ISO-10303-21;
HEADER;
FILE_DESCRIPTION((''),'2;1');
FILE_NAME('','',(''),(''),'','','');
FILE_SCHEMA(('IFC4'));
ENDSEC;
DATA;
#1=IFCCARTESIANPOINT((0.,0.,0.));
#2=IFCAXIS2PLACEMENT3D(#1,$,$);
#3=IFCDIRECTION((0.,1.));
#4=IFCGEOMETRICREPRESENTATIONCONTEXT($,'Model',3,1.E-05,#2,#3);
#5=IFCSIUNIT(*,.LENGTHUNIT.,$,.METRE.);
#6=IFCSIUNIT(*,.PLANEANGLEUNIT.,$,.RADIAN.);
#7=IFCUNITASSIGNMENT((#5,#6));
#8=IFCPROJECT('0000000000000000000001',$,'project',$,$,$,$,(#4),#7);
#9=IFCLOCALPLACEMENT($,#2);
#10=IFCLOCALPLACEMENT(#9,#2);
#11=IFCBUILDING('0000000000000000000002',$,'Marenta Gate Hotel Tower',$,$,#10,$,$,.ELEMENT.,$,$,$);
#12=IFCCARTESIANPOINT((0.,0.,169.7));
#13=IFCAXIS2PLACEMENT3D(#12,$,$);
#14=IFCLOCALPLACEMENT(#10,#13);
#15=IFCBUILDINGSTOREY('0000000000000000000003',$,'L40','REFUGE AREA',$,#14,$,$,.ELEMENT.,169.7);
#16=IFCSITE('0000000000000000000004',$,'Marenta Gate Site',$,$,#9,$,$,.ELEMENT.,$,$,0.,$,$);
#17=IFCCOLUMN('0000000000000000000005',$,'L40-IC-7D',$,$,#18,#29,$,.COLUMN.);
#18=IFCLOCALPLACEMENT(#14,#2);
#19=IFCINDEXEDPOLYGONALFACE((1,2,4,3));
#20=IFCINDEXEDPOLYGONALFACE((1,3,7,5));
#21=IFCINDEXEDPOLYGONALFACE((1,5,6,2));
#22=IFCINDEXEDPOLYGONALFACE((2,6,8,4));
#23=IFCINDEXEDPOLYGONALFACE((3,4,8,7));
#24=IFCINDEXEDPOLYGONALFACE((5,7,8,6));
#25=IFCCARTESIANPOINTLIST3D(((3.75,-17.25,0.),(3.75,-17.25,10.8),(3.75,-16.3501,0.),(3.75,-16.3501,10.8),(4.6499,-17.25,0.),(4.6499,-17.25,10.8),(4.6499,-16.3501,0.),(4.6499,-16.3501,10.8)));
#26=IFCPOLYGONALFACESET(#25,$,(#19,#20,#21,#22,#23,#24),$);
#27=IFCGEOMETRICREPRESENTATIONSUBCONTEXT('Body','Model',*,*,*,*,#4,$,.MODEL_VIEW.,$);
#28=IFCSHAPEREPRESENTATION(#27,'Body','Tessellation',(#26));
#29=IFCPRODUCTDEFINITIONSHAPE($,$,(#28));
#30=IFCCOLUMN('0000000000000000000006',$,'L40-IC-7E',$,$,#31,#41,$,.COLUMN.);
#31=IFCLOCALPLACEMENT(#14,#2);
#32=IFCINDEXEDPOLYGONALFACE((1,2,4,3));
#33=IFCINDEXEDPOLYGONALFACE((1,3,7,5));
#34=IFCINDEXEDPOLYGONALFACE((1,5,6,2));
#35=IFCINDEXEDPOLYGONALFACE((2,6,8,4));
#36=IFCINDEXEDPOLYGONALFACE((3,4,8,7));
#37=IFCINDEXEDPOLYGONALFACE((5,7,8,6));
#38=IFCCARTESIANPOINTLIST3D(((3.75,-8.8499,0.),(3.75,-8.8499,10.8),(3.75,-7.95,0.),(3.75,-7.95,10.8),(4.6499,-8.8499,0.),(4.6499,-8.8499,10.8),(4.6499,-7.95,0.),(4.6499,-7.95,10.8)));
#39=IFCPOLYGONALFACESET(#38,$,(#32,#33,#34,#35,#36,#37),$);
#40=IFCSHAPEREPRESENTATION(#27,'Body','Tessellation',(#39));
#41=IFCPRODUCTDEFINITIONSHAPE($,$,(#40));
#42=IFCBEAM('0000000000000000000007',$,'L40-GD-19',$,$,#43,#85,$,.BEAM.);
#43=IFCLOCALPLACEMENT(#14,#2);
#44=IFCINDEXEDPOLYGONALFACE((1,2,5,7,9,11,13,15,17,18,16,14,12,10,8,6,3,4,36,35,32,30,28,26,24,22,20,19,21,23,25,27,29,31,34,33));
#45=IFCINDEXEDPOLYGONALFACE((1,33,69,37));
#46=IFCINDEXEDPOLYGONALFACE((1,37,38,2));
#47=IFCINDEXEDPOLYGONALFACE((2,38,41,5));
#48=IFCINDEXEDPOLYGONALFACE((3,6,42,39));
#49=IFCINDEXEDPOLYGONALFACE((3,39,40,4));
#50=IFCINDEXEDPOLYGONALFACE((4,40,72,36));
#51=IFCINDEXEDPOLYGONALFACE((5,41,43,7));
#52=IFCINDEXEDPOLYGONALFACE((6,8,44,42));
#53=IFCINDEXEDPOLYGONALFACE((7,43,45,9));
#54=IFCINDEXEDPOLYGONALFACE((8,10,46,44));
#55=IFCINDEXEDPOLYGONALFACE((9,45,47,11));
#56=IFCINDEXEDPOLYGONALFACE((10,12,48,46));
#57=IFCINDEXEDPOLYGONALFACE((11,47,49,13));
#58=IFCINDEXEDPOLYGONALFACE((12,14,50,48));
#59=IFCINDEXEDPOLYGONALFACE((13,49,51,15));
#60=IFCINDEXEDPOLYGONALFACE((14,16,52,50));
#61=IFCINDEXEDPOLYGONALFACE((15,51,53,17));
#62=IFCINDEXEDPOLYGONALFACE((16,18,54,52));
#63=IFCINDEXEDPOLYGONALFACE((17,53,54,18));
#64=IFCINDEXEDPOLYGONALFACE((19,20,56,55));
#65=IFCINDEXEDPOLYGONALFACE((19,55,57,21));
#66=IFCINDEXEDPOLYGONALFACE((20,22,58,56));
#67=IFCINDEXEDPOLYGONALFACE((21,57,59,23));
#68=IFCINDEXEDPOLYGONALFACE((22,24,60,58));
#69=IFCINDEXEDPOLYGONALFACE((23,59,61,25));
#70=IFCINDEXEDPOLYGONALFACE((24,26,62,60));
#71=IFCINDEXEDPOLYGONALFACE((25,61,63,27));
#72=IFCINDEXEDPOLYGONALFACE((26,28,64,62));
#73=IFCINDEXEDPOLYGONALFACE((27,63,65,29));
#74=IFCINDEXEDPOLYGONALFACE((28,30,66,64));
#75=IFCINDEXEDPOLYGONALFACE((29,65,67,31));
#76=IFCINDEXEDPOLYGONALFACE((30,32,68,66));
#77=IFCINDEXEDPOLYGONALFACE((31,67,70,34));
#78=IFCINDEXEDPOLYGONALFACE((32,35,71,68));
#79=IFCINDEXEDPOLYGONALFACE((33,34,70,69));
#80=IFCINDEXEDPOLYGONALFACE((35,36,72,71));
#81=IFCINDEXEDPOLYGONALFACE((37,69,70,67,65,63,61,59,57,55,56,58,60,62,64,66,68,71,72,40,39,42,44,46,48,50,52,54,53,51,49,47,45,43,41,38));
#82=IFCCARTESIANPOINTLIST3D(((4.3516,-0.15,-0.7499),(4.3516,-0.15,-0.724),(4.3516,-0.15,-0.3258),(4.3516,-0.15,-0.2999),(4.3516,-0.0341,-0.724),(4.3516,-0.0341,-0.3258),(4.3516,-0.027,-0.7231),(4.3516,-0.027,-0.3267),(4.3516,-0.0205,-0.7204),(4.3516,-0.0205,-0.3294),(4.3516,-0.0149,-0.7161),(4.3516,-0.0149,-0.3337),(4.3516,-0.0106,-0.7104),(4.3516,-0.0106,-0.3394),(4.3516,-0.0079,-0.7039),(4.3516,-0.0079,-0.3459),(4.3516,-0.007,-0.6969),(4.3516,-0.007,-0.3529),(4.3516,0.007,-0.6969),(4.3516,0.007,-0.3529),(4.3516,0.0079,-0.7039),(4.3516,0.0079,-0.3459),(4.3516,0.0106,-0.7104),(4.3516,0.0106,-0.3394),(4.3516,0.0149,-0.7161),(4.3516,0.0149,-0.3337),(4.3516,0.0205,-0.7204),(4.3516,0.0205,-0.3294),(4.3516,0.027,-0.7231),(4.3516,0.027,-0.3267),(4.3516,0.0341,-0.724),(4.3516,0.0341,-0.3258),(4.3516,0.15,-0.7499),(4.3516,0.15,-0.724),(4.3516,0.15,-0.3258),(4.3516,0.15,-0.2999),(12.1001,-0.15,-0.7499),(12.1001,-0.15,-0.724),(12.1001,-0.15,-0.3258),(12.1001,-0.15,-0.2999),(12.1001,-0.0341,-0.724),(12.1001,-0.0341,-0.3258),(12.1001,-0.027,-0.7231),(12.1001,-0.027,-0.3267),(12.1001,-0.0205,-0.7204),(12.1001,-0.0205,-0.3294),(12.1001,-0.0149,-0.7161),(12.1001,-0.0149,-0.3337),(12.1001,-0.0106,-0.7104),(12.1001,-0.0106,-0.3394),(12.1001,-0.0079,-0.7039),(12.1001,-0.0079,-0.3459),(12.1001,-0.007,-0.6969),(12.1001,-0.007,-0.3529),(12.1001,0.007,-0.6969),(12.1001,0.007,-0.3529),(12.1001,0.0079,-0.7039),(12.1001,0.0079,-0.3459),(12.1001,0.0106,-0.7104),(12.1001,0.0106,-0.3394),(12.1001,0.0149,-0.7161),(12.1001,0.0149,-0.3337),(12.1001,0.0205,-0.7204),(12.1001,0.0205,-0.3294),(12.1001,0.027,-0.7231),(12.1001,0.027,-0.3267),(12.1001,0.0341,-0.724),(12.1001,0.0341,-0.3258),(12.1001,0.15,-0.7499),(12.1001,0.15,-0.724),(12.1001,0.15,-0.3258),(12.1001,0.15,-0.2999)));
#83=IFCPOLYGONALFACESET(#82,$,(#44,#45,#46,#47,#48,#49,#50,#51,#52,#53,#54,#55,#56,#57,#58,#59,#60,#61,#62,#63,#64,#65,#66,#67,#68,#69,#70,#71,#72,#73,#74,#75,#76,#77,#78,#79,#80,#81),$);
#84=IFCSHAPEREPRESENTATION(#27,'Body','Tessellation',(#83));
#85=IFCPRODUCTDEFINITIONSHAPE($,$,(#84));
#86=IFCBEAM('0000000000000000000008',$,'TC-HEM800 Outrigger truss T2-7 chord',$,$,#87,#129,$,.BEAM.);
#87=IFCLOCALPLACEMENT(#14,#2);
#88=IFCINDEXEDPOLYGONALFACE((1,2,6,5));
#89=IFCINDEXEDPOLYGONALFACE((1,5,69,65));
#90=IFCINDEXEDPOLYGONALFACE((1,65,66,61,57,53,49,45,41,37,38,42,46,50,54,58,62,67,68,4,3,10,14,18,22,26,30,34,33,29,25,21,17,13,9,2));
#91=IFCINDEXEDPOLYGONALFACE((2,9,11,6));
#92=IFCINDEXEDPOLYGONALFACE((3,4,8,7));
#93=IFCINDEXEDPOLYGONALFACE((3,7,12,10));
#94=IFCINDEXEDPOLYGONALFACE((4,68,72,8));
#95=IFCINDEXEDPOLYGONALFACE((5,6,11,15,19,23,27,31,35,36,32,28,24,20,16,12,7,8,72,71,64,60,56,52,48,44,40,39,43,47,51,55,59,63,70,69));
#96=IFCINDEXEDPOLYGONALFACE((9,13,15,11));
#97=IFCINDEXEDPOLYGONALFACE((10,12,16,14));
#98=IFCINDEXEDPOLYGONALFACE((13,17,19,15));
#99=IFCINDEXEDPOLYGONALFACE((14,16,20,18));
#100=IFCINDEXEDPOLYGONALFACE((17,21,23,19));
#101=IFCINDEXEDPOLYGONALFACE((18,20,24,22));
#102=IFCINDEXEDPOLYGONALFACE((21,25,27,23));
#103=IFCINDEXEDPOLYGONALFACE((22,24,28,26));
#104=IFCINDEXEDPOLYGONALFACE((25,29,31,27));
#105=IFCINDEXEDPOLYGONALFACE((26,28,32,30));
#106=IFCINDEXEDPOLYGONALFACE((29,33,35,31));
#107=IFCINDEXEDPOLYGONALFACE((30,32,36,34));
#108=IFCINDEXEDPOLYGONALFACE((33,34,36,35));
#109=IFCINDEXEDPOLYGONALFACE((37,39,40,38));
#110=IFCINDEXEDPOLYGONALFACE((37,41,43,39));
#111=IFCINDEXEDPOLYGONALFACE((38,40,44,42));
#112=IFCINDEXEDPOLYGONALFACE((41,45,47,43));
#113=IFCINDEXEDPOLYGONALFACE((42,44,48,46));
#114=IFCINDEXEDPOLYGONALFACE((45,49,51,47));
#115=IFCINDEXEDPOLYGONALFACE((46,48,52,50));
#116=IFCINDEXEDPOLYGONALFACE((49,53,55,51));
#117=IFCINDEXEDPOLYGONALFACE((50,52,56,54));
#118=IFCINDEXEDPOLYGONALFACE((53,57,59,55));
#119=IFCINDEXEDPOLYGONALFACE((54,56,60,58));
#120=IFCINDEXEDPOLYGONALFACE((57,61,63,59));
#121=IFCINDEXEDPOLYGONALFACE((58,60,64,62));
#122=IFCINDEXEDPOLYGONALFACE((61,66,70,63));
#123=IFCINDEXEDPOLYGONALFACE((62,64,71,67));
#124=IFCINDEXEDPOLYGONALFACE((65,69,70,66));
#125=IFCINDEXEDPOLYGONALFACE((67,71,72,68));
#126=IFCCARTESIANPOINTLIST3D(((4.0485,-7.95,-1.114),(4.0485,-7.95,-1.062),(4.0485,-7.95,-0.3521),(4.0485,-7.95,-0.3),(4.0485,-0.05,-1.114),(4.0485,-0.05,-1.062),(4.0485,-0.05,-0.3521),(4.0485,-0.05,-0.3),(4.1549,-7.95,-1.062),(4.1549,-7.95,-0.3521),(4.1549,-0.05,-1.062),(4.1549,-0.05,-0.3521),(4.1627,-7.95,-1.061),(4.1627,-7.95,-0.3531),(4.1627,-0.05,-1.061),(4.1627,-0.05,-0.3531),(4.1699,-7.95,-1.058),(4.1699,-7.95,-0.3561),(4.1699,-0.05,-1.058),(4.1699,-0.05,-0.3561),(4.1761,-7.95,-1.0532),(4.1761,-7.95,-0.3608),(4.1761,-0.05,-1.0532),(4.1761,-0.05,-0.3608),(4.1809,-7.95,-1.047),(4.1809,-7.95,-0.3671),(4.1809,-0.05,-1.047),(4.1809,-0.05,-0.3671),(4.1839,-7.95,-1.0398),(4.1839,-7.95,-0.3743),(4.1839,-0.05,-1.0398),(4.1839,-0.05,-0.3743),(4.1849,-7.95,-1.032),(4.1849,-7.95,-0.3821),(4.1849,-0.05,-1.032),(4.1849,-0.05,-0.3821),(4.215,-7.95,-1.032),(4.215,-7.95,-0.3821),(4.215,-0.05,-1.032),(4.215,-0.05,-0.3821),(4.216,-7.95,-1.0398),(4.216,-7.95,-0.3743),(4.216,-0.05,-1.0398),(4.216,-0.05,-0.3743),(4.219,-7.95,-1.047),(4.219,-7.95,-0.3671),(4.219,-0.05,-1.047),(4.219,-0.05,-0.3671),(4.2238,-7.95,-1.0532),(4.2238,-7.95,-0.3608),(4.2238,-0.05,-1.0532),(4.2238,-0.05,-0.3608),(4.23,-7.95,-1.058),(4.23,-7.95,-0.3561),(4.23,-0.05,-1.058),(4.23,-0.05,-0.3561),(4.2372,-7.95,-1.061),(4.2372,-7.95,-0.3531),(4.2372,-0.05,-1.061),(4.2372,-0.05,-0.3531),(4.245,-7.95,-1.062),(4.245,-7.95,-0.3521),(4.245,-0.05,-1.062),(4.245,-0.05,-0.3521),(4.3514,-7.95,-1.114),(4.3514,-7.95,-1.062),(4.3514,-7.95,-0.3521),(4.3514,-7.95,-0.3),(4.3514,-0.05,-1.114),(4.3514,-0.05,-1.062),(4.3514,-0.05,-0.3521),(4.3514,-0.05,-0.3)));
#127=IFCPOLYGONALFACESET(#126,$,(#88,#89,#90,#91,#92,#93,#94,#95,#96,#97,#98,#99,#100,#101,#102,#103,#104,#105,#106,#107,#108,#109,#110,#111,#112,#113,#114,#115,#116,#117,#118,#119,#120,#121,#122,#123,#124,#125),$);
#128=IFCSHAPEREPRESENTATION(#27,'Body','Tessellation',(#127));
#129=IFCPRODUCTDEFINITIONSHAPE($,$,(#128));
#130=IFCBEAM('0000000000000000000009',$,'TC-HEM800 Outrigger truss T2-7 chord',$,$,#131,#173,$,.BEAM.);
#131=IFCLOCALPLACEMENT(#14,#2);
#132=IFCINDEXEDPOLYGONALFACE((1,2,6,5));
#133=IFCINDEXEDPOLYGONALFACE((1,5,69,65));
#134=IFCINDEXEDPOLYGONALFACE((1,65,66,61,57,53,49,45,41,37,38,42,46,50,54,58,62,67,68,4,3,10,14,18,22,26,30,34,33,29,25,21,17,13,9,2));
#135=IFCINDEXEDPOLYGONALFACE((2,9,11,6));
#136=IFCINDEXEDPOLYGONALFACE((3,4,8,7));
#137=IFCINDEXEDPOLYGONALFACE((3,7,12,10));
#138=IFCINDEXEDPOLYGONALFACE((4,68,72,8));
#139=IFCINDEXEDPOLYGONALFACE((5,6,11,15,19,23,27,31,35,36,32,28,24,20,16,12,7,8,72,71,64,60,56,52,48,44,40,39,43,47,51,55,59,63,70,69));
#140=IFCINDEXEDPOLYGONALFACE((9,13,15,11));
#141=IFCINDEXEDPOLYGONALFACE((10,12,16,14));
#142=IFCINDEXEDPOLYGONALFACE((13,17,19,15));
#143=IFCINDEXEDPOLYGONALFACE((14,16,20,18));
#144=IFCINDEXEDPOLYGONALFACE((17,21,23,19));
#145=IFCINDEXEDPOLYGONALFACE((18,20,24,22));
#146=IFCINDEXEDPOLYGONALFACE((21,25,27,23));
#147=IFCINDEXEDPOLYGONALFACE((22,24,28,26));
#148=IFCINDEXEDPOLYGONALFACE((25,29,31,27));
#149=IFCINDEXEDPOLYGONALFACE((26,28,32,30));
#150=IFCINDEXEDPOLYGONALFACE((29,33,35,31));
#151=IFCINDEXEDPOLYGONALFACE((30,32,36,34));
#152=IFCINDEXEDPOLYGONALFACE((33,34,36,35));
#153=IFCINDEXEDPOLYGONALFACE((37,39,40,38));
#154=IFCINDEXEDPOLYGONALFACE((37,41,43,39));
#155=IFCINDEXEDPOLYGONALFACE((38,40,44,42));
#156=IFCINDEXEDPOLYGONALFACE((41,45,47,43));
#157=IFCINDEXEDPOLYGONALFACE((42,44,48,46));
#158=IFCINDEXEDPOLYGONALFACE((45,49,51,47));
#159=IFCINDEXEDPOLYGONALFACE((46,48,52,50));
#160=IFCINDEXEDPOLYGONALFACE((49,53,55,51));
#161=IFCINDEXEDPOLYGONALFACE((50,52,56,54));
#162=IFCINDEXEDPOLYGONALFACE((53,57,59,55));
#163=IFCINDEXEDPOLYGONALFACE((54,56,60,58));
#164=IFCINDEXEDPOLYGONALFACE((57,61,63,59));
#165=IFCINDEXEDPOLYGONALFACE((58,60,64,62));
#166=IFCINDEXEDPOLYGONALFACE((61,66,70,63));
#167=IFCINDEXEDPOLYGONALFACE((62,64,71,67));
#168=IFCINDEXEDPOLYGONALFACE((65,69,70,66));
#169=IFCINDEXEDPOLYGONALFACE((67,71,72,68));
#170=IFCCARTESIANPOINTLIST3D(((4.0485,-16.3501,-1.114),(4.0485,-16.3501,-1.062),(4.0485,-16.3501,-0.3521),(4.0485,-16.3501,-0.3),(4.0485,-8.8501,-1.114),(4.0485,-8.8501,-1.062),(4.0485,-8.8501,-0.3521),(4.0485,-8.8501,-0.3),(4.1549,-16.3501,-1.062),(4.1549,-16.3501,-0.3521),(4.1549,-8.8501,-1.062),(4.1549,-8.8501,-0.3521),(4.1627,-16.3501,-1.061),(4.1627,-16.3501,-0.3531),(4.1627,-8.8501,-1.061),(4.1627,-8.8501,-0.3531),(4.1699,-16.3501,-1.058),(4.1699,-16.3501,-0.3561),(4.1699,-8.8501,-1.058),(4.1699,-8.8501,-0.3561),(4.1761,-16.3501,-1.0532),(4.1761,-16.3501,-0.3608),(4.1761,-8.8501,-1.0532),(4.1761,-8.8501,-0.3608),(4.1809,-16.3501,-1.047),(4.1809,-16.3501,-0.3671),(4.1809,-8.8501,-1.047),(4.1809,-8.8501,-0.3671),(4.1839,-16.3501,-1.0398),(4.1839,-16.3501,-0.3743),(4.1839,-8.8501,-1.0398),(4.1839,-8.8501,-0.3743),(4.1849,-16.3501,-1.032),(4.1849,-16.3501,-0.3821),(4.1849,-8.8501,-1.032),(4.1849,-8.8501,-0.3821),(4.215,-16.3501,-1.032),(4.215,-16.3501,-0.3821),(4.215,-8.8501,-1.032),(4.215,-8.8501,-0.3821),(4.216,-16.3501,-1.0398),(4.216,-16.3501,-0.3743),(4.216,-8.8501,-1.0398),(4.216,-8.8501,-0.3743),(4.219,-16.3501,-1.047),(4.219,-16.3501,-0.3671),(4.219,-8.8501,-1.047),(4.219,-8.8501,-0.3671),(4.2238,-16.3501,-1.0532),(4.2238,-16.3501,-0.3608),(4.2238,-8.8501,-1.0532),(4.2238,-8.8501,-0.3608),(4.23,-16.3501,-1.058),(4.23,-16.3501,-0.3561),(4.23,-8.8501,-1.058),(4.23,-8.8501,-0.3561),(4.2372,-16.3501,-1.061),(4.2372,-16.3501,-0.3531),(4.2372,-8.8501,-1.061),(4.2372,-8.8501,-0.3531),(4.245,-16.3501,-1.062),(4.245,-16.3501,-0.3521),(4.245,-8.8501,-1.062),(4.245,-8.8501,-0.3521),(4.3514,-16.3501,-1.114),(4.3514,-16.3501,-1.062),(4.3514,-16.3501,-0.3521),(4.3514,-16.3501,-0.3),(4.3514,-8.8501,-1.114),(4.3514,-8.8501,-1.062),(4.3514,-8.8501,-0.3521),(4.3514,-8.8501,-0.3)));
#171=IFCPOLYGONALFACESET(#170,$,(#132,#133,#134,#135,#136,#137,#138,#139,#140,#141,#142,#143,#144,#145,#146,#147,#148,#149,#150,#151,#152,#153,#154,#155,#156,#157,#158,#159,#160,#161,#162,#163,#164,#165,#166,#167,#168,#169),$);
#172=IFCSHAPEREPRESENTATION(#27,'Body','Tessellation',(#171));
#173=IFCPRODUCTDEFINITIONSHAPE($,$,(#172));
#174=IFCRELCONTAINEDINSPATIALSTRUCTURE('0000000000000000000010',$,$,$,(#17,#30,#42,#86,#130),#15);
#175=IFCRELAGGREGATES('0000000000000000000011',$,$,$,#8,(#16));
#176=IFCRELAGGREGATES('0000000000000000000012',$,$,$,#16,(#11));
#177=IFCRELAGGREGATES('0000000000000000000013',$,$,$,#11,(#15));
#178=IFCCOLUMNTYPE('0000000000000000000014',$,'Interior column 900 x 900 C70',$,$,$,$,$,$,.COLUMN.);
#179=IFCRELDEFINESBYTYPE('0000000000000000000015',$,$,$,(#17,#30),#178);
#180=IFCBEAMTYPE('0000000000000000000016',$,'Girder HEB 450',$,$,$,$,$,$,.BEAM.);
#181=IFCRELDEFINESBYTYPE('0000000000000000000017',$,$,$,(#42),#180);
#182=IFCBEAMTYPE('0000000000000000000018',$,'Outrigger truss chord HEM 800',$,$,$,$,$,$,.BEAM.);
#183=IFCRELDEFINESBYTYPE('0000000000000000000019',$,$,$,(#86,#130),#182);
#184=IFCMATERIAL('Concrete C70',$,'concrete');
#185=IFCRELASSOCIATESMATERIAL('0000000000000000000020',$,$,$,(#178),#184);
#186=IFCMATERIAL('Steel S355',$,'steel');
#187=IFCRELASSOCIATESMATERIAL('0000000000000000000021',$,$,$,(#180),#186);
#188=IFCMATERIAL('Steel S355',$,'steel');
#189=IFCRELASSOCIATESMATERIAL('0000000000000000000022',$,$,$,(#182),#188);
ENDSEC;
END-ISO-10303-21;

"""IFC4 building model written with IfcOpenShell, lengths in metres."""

from ifc_helpers import new_model, si_unit, direction, frame, origin, origin_2d, place, context, subcontext, project, spatial, rectangle, i_section, extrude, material, material_profile, profile_set, type_object, element, save


model = new_model("IFC4")

# Units and contexts
model_context = context("Model", 3, precision=1e-05, world=origin(), true_north=direction((0.0, 1.0)))
body_context = subcontext(model_context, "Body", "Model", "MODEL_VIEW")
ifc_project = project(units=[si_unit("LENGTHUNIT", "METRE"), si_unit("PLANEANGLEUNIT", "RADIAN")], contexts=[model_context])

# Site, building, storey
site_placement = place(None, origin())
site = spatial("IfcSite", under=ifc_project, at=site_placement, Name="Marenta Gate Site", CompositionType="ELEMENT", RefElevation=0.0)
building_placement = place(site_placement, origin())
building = spatial("IfcBuilding", under=site, at=building_placement, Name="Marenta Gate Hotel Tower", CompositionType="ELEMENT")
storey_placement = place(building_placement, frame((0.0, 0.0, 169.7)))
storey = spatial("IfcBuildingStorey", under=building, at=storey_placement, Name="L40", Description="REFUGE AREA", CompositionType="ELEMENT", Elevation=169.7)

# Columns
ifc_material_1 = material(Name="Concrete C70", Category="concrete")
ifc_material_profile_1 = material_profile(ifc_material_1, rectangle(XDim=0.8999, YDim=0.8999, at=origin_2d()), Name="900 x 900")
ifc_profile_set_1 = profile_set([ifc_material_profile_1], Name="Concrete C70")
column_type = type_object("IfcColumnType", Name="Interior column 900 x 900 C70", PredefinedType="COLUMN", material=ifc_profile_set_1)
for number, where, z_axis, x_axis, name in (
    (1, (4.2, -16.8, 0.0), (0.0, 0.0, 1.0), (1.0, 0.0, 0.0), "L40-IC-7D"),
    (2, (4.2, -8.3999, 0.0), (0.0, 0.0, 1.0), (1.0, 0.0, 0.0), "L40-IC-7E"),
):
    element("IfcColumn", number, at=place(storey_placement, frame(where, z_axis=z_axis, x_axis=x_axis)), inside=storey, type_object=column_type, Name=name, PredefinedType="COLUMN", context=body_context, shape_type="SweptSolid", body=[
        extrude(rectangle(XDim=0.8999, YDim=0.8999, at=origin_2d()), origin(), (0.0, 0.0, 1.0), 10.8),
    ])

# Beams
ifc_material_2 = material(Name="Steel S355", Category="steel")
ifc_material_profile_2 = material_profile(ifc_material_2, i_section(OverallWidth=0.3, OverallDepth=0.45, WebThickness=0.0139, FlangeThickness=0.0259, FilletRadius=0.0271, at=origin_2d()), Name="HEB 450")
ifc_profile_set_2 = profile_set([ifc_material_profile_2], Name="Steel S355")
beam_type_1 = type_object("IfcBeamType", Name="Girder HEB 450", PredefinedType="BEAM", material=ifc_profile_set_2)
beam_1_placement = place(storey_placement, frame((4.3516, 0.0, -0.5249), z_axis=(1.0, 0.0, 0.0), x_axis=(0.0, 1.0, 0.0)))
element("IfcBeam", 3, at=beam_1_placement, inside=storey, type_object=beam_type_1, Name="L40-GD-19", PredefinedType="BEAM", context=body_context, shape_type="SweptSolid", body=[
    extrude(i_section(OverallWidth=0.3, OverallDepth=0.45, WebThickness=0.0139, FlangeThickness=0.0259, FilletRadius=0.0271, at=origin_2d()), origin(), (0.0, 0.0, 1.0), 7.7485),
])
ifc_material_3 = material(Name="Steel S355", Category="steel")
ifc_material_profile_3 = material_profile(ifc_material_3, i_section(OverallWidth=0.303, OverallDepth=0.814, WebThickness=0.03, FlangeThickness=0.052, FilletRadius=0.03, at=origin_2d()), Name="HEM 800")
ifc_profile_set_3 = profile_set([ifc_material_profile_3], Name="Steel S355")
beam_type_2 = type_object("IfcBeamType", Name="Outrigger truss chord HEM 800", PredefinedType="BEAM", material=ifc_profile_set_3)
beam_2_placement = place(storey_placement, frame((4.2, -0.05, -0.707), z_axis=(0.0, -1.0, 0.0), x_axis=(1.0, 0.0, 0.0)))
element("IfcBeam", 4, at=beam_2_placement, inside=storey, type_object=beam_type_2, Name="TC-HEM800 Outrigger truss T2-7 chord", PredefinedType="BEAM", context=body_context, shape_type="SweptSolid", body=[
    extrude(i_section(OverallWidth=0.303, OverallDepth=0.814, WebThickness=0.03, FlangeThickness=0.052, FilletRadius=0.03, at=origin_2d()), origin(), (0.0, 0.0, 1.0), 7.8999),
])
beam_3_placement = place(storey_placement, frame((4.2, -8.8501, -0.707), z_axis=(0.0, -1.0, 0.0), x_axis=(1.0, 0.0, 0.0)))
element("IfcBeam", 5, at=beam_3_placement, inside=storey, type_object=beam_type_2, Name="TC-HEM800 Outrigger truss T2-7 chord", PredefinedType="BEAM", context=body_context, shape_type="SweptSolid", body=[
    extrude(i_section(OverallWidth=0.303, OverallDepth=0.814, WebThickness=0.03, FlangeThickness=0.052, FilletRadius=0.03, at=origin_2d()), origin(), (0.0, 0.0, 1.0), 7.5),
])

save(model, "model.ifc")
